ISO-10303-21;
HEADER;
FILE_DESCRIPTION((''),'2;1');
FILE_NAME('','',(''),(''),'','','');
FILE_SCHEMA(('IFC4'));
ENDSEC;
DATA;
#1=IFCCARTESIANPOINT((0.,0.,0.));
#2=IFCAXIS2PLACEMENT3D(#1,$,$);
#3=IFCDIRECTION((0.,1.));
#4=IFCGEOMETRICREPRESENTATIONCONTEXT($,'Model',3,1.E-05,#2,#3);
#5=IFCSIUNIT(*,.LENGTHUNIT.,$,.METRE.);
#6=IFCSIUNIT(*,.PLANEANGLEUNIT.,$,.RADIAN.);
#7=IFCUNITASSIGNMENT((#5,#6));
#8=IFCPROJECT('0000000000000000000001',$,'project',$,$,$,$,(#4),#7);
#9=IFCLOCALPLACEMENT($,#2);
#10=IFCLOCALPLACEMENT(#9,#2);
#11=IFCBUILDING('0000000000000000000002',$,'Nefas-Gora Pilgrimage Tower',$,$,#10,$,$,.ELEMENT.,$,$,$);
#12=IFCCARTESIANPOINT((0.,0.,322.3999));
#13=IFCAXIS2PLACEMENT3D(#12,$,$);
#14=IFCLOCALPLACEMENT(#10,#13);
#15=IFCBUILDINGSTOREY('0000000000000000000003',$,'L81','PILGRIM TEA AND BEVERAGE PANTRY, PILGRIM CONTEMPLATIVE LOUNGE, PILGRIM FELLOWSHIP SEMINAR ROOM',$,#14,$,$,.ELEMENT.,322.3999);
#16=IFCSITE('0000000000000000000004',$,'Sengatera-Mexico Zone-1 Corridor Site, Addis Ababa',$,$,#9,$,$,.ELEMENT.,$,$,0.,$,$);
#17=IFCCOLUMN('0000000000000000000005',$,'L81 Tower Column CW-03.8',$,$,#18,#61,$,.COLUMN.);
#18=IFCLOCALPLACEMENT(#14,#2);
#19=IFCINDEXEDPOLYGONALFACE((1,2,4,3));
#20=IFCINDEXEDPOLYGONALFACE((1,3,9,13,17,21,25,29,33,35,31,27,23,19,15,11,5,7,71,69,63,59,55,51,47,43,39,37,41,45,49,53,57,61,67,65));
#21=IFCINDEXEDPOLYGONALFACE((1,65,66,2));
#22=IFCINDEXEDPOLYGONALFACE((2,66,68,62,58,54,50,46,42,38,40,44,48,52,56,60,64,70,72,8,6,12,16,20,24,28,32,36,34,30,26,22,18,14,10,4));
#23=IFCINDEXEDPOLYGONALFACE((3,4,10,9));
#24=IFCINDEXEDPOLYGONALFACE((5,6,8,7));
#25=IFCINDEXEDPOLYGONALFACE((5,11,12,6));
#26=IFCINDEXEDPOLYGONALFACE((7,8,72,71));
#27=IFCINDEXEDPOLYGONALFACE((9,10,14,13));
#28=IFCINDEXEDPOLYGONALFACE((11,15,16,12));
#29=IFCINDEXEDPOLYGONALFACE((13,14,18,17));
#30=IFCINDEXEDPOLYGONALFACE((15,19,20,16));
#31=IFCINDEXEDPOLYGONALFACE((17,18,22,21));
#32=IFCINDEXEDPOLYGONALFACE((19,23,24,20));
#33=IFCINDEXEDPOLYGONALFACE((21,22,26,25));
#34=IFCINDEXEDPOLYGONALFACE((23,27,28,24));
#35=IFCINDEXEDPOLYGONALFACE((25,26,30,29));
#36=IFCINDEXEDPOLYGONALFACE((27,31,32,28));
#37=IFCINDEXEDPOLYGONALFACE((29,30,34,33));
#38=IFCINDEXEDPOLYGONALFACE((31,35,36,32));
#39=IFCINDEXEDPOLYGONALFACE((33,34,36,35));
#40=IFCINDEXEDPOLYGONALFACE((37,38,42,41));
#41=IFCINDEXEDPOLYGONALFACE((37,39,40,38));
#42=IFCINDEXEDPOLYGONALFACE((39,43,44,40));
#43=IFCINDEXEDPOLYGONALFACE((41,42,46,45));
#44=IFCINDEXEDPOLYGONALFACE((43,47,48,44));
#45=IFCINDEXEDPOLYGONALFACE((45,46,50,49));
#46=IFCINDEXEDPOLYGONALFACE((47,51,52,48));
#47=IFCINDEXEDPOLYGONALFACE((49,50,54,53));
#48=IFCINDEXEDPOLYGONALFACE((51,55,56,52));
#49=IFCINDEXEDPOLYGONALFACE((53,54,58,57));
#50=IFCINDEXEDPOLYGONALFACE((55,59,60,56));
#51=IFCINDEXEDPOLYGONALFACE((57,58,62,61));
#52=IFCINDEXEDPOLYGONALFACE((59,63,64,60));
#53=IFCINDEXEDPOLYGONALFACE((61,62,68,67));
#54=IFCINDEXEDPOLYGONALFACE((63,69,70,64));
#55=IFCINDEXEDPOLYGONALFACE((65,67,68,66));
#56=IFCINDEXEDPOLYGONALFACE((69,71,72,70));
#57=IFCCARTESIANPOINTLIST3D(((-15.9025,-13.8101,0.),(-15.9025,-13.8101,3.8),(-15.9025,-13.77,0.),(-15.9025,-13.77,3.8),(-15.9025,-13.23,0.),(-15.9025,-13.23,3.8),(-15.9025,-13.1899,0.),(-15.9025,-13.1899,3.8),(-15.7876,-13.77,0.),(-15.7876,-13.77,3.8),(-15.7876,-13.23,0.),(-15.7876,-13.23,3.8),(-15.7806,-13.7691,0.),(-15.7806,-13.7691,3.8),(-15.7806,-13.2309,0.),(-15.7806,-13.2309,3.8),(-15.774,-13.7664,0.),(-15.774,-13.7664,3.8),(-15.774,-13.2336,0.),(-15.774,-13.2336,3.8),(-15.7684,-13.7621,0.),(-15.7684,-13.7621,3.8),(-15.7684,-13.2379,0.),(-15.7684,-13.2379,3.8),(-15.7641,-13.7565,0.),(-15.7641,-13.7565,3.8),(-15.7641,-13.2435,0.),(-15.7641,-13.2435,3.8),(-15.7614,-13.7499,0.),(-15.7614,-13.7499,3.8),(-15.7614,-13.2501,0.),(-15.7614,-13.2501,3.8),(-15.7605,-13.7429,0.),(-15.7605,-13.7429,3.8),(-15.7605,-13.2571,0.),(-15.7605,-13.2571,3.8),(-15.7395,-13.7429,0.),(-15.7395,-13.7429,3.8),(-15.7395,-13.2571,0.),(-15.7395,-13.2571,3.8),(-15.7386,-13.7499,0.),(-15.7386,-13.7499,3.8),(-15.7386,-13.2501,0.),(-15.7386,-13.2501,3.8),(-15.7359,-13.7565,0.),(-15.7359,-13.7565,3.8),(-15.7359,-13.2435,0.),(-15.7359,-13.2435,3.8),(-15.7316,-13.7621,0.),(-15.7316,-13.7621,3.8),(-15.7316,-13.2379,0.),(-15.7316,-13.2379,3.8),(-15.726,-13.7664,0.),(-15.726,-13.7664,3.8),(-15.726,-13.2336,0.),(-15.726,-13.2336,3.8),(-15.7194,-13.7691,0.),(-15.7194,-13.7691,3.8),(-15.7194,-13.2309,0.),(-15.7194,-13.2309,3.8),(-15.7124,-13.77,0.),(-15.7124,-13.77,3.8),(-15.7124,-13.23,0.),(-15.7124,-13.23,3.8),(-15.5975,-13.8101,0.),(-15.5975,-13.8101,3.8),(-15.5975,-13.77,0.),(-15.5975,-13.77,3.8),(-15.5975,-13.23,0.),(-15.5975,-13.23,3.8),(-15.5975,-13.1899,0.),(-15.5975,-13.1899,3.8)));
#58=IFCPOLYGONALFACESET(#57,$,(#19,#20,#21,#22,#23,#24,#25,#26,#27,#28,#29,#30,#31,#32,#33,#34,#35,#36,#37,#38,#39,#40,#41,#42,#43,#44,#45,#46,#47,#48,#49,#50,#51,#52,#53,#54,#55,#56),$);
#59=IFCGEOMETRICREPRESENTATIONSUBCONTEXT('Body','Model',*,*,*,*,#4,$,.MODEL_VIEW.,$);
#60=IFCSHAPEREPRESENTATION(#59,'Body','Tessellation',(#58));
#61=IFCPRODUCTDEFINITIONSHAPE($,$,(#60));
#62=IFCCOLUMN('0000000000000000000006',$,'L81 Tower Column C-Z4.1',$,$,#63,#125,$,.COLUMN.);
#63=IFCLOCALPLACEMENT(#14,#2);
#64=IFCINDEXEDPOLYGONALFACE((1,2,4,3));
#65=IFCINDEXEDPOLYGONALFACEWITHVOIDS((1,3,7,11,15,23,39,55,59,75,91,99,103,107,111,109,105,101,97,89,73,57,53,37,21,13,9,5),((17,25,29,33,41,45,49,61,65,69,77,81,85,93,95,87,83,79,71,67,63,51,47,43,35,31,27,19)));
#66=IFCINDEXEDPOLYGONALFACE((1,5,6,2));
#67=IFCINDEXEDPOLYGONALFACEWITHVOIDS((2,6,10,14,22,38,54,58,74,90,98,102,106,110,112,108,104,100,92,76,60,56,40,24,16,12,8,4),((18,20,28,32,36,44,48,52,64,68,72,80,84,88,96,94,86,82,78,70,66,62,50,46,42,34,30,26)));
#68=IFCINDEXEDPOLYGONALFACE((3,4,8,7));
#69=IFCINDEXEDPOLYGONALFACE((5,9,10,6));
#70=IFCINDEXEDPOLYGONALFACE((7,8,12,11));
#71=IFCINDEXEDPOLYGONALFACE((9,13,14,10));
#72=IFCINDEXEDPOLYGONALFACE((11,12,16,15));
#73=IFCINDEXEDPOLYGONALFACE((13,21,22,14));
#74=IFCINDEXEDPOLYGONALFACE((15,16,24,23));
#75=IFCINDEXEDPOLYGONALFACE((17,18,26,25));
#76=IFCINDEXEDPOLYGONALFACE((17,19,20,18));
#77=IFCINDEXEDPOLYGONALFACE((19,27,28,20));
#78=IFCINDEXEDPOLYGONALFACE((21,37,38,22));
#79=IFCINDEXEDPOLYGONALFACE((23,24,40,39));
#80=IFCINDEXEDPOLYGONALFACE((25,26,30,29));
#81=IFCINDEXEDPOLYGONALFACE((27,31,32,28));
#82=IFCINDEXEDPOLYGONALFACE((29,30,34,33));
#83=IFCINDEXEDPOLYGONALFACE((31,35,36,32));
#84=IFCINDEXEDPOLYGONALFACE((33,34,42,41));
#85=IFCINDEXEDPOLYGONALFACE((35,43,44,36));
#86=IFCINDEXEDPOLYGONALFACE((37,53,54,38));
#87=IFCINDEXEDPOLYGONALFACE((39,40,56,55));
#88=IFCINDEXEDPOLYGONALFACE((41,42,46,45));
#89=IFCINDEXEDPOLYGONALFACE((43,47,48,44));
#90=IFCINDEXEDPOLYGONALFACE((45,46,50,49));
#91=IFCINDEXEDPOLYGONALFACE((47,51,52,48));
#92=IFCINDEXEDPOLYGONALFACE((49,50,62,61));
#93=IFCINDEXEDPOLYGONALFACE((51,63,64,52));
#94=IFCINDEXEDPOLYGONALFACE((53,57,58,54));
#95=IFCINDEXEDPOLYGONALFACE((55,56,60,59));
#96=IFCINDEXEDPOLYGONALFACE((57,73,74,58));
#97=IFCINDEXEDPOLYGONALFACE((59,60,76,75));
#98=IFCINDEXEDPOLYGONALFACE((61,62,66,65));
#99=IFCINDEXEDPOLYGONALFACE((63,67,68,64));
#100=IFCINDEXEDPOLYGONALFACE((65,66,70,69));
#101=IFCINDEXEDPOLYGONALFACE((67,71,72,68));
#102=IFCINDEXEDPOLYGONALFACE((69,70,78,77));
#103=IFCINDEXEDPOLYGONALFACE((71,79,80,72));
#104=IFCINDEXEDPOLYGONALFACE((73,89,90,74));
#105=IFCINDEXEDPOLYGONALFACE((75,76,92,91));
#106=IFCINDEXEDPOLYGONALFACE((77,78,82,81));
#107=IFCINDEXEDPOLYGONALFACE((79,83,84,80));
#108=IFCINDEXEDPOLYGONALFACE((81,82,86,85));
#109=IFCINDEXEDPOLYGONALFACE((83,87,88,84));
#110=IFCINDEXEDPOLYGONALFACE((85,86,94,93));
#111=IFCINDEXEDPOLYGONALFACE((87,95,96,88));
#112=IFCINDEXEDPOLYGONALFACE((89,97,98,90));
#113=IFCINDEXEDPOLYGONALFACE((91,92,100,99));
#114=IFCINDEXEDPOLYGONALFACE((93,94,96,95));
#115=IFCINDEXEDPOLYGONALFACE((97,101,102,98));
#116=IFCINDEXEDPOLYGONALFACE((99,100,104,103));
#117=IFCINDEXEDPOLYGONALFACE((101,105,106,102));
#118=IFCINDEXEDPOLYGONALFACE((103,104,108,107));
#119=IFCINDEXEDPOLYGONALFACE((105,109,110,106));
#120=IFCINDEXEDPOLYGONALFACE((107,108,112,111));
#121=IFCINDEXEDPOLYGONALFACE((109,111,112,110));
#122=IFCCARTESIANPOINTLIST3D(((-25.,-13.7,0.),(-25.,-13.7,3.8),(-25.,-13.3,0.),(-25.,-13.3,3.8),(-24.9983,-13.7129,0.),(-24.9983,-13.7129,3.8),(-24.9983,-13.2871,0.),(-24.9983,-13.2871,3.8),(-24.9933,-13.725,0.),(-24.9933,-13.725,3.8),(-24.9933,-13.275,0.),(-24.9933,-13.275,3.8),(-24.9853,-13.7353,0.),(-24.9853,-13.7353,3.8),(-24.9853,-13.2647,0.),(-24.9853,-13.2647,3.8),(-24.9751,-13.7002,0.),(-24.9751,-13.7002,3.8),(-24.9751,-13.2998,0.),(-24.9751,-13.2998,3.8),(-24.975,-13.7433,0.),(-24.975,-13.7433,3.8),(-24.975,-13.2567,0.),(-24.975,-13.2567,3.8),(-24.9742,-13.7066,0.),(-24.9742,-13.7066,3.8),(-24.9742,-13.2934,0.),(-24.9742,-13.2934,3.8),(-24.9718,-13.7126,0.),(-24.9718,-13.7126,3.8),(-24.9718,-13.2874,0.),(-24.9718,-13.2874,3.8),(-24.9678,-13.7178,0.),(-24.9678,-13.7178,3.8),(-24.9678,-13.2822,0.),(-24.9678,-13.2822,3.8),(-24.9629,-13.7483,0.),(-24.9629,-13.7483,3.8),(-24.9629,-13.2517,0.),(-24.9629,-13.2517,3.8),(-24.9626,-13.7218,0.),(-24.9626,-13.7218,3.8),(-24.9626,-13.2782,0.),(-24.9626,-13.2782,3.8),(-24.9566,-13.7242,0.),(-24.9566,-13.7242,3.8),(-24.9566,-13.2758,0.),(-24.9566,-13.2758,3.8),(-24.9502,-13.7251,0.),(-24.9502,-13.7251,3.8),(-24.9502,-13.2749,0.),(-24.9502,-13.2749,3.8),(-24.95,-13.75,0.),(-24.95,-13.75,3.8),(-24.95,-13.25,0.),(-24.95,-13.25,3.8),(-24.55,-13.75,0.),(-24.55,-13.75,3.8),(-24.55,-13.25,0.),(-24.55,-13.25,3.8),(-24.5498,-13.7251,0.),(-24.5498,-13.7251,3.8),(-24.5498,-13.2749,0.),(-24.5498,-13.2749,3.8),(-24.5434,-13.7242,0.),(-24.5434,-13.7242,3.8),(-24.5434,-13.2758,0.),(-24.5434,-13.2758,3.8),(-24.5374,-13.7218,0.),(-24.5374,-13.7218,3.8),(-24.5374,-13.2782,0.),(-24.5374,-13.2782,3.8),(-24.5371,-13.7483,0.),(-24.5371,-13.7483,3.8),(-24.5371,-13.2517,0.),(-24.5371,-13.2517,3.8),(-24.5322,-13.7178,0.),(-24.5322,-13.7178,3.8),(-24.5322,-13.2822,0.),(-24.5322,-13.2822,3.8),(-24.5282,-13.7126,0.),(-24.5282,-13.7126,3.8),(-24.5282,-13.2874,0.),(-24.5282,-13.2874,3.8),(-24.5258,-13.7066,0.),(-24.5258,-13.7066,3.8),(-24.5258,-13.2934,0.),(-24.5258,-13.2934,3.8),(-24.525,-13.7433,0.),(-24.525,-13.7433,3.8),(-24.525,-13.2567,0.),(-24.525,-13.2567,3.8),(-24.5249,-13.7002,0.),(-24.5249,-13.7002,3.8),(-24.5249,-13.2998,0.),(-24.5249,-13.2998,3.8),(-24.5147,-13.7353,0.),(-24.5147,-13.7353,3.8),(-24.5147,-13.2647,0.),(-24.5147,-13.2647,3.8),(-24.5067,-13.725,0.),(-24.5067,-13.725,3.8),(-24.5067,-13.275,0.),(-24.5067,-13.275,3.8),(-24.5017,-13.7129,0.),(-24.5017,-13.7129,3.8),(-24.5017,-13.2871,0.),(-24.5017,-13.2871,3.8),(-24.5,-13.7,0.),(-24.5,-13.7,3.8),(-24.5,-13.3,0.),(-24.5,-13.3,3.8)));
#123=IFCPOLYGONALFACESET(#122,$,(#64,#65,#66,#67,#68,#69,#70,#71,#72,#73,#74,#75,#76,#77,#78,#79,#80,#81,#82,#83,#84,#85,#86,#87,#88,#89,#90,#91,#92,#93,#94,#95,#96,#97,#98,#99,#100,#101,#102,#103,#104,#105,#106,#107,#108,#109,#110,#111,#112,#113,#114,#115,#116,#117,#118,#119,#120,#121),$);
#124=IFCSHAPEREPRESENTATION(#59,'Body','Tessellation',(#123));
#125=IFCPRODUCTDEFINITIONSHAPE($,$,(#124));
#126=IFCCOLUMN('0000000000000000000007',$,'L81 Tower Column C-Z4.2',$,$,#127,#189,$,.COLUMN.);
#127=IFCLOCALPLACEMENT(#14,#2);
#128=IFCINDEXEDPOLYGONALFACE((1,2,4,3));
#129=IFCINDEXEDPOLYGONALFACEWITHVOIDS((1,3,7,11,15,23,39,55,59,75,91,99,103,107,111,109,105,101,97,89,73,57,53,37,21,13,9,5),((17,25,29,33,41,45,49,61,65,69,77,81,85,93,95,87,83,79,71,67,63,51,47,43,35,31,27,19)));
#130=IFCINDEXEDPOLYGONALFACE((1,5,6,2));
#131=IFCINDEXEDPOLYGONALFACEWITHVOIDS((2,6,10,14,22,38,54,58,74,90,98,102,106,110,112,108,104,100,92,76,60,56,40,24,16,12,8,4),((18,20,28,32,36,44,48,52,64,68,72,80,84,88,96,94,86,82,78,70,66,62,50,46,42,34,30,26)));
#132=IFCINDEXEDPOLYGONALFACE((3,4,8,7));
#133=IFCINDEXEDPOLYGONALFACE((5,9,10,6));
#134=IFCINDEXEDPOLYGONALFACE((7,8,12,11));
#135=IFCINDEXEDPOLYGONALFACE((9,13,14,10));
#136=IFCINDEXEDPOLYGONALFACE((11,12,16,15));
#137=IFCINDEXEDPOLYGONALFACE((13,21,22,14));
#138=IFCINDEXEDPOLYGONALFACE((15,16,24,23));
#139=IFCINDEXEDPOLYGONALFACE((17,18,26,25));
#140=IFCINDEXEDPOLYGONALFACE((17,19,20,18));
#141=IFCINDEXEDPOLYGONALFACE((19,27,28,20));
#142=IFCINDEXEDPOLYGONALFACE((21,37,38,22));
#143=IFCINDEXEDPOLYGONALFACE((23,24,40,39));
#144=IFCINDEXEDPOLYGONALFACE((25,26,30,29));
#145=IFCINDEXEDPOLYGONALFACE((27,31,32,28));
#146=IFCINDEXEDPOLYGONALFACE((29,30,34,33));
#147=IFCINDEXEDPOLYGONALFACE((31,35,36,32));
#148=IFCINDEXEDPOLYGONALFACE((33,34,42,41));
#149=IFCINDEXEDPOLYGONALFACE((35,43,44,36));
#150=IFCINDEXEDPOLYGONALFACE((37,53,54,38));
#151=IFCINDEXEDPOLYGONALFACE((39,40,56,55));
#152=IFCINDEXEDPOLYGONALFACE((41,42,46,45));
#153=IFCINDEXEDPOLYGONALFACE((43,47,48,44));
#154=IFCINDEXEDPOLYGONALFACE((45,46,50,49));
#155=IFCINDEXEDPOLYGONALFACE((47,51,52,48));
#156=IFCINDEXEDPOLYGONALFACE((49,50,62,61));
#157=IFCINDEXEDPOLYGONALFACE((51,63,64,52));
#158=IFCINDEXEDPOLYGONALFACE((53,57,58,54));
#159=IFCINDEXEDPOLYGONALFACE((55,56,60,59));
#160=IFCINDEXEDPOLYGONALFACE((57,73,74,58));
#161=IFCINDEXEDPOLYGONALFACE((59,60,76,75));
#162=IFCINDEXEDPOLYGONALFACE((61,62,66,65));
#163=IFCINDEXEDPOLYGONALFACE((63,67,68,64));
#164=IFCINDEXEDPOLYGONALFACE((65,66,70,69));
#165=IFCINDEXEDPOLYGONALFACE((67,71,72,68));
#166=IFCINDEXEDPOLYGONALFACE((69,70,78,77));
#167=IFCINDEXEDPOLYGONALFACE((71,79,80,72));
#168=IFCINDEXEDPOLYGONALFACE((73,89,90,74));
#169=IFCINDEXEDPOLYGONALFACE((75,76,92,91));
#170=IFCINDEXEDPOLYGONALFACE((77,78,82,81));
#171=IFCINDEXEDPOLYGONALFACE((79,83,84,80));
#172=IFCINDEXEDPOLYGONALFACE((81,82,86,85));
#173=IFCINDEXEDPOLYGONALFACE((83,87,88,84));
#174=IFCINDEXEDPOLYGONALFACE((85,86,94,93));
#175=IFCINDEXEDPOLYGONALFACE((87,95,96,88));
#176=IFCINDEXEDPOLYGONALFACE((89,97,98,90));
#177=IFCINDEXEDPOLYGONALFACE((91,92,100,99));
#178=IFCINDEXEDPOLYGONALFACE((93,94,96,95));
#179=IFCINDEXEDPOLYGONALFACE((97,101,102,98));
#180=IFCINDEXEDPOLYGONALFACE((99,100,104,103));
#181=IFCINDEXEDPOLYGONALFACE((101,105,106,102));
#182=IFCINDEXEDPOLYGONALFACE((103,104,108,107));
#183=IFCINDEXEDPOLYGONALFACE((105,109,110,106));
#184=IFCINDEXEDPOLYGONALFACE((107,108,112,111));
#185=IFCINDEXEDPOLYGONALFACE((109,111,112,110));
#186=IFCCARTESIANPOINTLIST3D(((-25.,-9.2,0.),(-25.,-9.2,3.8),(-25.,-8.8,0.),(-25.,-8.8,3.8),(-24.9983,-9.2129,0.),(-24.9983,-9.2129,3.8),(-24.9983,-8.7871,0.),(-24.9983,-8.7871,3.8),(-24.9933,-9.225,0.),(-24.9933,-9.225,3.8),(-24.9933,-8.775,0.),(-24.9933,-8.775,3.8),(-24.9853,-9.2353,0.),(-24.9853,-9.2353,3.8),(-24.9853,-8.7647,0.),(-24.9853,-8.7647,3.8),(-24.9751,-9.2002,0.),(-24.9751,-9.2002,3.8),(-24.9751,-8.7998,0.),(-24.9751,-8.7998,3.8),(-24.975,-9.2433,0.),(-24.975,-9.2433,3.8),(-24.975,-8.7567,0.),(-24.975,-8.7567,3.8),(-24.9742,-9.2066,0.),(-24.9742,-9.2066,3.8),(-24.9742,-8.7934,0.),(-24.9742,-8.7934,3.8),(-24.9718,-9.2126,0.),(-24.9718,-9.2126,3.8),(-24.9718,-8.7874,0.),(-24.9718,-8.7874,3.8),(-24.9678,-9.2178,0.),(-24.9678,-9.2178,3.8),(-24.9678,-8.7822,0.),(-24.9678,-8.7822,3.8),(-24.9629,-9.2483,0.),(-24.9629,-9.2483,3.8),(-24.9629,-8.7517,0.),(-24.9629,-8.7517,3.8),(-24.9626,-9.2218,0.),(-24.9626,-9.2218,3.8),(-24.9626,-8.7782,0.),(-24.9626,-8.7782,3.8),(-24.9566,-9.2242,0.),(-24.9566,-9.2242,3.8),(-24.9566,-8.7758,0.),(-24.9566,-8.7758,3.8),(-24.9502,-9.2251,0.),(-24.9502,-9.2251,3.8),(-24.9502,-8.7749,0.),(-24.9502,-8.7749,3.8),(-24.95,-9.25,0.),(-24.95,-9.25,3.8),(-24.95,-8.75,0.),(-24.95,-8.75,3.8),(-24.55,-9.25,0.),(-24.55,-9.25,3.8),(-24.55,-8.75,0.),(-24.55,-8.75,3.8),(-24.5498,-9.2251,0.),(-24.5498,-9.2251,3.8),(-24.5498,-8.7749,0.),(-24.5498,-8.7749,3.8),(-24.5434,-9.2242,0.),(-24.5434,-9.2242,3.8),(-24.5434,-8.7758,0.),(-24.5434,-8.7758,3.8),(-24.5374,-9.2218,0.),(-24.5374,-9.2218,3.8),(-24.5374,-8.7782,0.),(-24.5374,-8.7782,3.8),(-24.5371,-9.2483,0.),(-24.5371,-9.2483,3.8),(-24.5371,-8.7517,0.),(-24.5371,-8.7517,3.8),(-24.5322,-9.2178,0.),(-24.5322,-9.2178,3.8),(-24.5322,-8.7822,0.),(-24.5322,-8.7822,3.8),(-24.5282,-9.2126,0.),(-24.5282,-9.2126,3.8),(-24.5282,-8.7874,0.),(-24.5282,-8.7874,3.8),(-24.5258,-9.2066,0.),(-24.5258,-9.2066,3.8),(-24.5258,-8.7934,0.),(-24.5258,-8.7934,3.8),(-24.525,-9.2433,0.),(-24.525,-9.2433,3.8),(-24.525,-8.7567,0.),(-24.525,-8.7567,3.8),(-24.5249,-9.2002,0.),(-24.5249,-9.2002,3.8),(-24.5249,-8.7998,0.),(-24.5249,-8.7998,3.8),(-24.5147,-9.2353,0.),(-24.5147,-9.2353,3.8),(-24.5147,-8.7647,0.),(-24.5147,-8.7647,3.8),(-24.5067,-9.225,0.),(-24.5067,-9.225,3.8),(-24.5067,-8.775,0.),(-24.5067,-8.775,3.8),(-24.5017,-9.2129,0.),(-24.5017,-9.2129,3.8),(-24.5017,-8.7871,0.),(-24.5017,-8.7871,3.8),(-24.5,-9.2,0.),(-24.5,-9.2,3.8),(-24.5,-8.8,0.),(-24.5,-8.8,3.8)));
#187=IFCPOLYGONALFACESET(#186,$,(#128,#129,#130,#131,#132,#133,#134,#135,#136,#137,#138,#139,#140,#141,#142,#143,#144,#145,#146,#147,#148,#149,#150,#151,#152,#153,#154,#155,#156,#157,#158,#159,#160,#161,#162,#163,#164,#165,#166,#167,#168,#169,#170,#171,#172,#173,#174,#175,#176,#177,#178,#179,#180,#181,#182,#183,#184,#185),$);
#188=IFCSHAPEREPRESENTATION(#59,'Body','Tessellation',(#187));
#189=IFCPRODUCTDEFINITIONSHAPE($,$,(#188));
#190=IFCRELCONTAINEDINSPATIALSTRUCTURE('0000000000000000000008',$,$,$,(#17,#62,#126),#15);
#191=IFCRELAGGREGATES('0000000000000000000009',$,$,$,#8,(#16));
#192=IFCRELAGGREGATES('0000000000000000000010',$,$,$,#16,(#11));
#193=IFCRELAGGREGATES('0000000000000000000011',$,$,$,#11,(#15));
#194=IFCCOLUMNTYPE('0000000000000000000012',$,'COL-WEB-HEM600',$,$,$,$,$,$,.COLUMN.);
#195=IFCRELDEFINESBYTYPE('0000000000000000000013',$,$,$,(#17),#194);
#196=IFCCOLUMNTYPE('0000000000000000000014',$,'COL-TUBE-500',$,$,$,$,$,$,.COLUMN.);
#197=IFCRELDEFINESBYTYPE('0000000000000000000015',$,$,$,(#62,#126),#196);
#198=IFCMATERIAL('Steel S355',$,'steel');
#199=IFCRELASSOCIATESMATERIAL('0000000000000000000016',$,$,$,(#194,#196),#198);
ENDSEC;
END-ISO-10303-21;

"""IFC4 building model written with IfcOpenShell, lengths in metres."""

from ifc_helpers import new_model, si_unit, direction, frame, origin, origin_2d, place, context, subcontext, project, spatial, hollow_rectangle, i_section, extrude, source, transform, mapped, material, material_profile, profile_set, type_object, element, save


model = new_model("IFC4")

# Units and contexts
model_context = context("Model", 3, precision=1e-05, world=origin(), true_north=direction((0.0, 1.0)))
body_context = subcontext(model_context, "Body", "Model", "MODEL_VIEW")
ifc_project = project(units=[si_unit("LENGTHUNIT", "METRE"), si_unit("PLANEANGLEUNIT", "RADIAN")], contexts=[model_context])

# Site, building, storey
site_placement = place(None, origin())
site = spatial("IfcSite", under=ifc_project, at=site_placement, Name="Sengatera-Mexico Zone-1 Corridor Site, Addis Ababa", CompositionType="ELEMENT", RefElevation=0.0)
building_placement = place(site_placement, origin())
building = spatial("IfcBuilding", under=site, at=building_placement, Name="Nefas-Gora Pilgrimage Tower", CompositionType="ELEMENT")
storey_placement = place(building_placement, frame((0.0, 0.0, 322.3999)))
storey = spatial("IfcBuildingStorey", under=building, at=storey_placement, Name="L81", Description="PILGRIM TEA AND BEVERAGE PANTRY, PILGRIM CONTEMPLATIVE LOUNGE, PILGRIM FELLOWSHIP SEMINAR ROOM", CompositionType="ELEMENT", Elevation=322.3999)

# Columns
ifc_material_1 = material(Name="Steel S355", Category="steel")
ifc_material_profile_1 = material_profile(ifc_material_1, i_section(OverallWidth=0.3049, OverallDepth=0.6201, WebThickness=0.021, FlangeThickness=0.04, FilletRadius=0.0271, at=origin_2d()), Name="HEM 600")
ifc_profile_set_1 = profile_set([ifc_material_profile_1], Name="Steel S355")
column_type_1 = type_object("IfcColumnType", Name="COL-WEB-HEM600", PredefinedType="COLUMN", material=ifc_profile_set_1)
shared_shape_1 = source(origin(), body_context, "Body", "SweptSolid", [
    extrude(i_section(OverallWidth=0.3049, OverallDepth=0.6201, WebThickness=0.021, FlangeThickness=0.04, FilletRadius=0.0271, at=origin_2d()), origin(), (0.0, 0.0, 1.0), 3.8),
])
column_placement = place(storey_placement, frame((-15.75, -13.5, 0.0), z_axis=(0.0, 0.0, 1.0), x_axis=(1.0, 0.0, 0.0)))
element("IfcColumn", 1, at=column_placement, inside=storey, type_object=column_type_1, Name="L81 Tower Column CW-03.8", PredefinedType="COLUMN", context=body_context, shape_type="MappedRepresentation", body=[
    mapped(shared_shape_1, transform((0.0, 0.0, 0.0), x_axis=(1.0, 0.0, 0.0), y_axis=(0.0, 1.0, 0.0), z_axis=(0.0, 0.0, 1.0), scale=1.0)),
])
ifc_material_profile_2 = material_profile(ifc_material_1, hollow_rectangle(XDim=0.5, YDim=0.5, WallThickness=0.0249, InnerFilletRadius=0.0249, OuterFilletRadius=0.05, at=origin_2d()), Name="SHS 500x500x25")
ifc_profile_set_2 = profile_set([ifc_material_profile_2], Name="Steel S355")
column_type_2 = type_object("IfcColumnType", Name="COL-TUBE-500", PredefinedType="COLUMN", material=ifc_profile_set_2)
shared_shape_2 = source(origin(), body_context, "Body", "SweptSolid", [
    extrude(hollow_rectangle(XDim=0.5, YDim=0.5, WallThickness=0.0249, InnerFilletRadius=0.0249, OuterFilletRadius=0.05, at=origin_2d()), origin(), (0.0, 0.0, 1.0), 3.8),
])
for number, where, z_axis, x_axis, name in (
    (2, (-24.75, -13.5, 0.0), (0.0, 0.0, 1.0), (1.0, 0.0, 0.0), "L81 Tower Column C-Z4.1"),
    (3, (-24.75, -9.0, 0.0), (0.0, 0.0, 1.0), (1.0, 0.0, 0.0), "L81 Tower Column C-Z4.2"),
):
    element("IfcColumn", number, at=place(storey_placement, frame(where, z_axis=z_axis, x_axis=x_axis)), inside=storey, type_object=column_type_2, Name=name, PredefinedType="COLUMN", context=body_context, shape_type="MappedRepresentation", body=[
        mapped(shared_shape_2, transform((0.0, 0.0, 0.0), x_axis=(1.0, 0.0, 0.0), y_axis=(0.0, 1.0, 0.0), z_axis=(0.0, 0.0, 1.0), scale=1.0)),
    ])

save(model, "model.ifc")
